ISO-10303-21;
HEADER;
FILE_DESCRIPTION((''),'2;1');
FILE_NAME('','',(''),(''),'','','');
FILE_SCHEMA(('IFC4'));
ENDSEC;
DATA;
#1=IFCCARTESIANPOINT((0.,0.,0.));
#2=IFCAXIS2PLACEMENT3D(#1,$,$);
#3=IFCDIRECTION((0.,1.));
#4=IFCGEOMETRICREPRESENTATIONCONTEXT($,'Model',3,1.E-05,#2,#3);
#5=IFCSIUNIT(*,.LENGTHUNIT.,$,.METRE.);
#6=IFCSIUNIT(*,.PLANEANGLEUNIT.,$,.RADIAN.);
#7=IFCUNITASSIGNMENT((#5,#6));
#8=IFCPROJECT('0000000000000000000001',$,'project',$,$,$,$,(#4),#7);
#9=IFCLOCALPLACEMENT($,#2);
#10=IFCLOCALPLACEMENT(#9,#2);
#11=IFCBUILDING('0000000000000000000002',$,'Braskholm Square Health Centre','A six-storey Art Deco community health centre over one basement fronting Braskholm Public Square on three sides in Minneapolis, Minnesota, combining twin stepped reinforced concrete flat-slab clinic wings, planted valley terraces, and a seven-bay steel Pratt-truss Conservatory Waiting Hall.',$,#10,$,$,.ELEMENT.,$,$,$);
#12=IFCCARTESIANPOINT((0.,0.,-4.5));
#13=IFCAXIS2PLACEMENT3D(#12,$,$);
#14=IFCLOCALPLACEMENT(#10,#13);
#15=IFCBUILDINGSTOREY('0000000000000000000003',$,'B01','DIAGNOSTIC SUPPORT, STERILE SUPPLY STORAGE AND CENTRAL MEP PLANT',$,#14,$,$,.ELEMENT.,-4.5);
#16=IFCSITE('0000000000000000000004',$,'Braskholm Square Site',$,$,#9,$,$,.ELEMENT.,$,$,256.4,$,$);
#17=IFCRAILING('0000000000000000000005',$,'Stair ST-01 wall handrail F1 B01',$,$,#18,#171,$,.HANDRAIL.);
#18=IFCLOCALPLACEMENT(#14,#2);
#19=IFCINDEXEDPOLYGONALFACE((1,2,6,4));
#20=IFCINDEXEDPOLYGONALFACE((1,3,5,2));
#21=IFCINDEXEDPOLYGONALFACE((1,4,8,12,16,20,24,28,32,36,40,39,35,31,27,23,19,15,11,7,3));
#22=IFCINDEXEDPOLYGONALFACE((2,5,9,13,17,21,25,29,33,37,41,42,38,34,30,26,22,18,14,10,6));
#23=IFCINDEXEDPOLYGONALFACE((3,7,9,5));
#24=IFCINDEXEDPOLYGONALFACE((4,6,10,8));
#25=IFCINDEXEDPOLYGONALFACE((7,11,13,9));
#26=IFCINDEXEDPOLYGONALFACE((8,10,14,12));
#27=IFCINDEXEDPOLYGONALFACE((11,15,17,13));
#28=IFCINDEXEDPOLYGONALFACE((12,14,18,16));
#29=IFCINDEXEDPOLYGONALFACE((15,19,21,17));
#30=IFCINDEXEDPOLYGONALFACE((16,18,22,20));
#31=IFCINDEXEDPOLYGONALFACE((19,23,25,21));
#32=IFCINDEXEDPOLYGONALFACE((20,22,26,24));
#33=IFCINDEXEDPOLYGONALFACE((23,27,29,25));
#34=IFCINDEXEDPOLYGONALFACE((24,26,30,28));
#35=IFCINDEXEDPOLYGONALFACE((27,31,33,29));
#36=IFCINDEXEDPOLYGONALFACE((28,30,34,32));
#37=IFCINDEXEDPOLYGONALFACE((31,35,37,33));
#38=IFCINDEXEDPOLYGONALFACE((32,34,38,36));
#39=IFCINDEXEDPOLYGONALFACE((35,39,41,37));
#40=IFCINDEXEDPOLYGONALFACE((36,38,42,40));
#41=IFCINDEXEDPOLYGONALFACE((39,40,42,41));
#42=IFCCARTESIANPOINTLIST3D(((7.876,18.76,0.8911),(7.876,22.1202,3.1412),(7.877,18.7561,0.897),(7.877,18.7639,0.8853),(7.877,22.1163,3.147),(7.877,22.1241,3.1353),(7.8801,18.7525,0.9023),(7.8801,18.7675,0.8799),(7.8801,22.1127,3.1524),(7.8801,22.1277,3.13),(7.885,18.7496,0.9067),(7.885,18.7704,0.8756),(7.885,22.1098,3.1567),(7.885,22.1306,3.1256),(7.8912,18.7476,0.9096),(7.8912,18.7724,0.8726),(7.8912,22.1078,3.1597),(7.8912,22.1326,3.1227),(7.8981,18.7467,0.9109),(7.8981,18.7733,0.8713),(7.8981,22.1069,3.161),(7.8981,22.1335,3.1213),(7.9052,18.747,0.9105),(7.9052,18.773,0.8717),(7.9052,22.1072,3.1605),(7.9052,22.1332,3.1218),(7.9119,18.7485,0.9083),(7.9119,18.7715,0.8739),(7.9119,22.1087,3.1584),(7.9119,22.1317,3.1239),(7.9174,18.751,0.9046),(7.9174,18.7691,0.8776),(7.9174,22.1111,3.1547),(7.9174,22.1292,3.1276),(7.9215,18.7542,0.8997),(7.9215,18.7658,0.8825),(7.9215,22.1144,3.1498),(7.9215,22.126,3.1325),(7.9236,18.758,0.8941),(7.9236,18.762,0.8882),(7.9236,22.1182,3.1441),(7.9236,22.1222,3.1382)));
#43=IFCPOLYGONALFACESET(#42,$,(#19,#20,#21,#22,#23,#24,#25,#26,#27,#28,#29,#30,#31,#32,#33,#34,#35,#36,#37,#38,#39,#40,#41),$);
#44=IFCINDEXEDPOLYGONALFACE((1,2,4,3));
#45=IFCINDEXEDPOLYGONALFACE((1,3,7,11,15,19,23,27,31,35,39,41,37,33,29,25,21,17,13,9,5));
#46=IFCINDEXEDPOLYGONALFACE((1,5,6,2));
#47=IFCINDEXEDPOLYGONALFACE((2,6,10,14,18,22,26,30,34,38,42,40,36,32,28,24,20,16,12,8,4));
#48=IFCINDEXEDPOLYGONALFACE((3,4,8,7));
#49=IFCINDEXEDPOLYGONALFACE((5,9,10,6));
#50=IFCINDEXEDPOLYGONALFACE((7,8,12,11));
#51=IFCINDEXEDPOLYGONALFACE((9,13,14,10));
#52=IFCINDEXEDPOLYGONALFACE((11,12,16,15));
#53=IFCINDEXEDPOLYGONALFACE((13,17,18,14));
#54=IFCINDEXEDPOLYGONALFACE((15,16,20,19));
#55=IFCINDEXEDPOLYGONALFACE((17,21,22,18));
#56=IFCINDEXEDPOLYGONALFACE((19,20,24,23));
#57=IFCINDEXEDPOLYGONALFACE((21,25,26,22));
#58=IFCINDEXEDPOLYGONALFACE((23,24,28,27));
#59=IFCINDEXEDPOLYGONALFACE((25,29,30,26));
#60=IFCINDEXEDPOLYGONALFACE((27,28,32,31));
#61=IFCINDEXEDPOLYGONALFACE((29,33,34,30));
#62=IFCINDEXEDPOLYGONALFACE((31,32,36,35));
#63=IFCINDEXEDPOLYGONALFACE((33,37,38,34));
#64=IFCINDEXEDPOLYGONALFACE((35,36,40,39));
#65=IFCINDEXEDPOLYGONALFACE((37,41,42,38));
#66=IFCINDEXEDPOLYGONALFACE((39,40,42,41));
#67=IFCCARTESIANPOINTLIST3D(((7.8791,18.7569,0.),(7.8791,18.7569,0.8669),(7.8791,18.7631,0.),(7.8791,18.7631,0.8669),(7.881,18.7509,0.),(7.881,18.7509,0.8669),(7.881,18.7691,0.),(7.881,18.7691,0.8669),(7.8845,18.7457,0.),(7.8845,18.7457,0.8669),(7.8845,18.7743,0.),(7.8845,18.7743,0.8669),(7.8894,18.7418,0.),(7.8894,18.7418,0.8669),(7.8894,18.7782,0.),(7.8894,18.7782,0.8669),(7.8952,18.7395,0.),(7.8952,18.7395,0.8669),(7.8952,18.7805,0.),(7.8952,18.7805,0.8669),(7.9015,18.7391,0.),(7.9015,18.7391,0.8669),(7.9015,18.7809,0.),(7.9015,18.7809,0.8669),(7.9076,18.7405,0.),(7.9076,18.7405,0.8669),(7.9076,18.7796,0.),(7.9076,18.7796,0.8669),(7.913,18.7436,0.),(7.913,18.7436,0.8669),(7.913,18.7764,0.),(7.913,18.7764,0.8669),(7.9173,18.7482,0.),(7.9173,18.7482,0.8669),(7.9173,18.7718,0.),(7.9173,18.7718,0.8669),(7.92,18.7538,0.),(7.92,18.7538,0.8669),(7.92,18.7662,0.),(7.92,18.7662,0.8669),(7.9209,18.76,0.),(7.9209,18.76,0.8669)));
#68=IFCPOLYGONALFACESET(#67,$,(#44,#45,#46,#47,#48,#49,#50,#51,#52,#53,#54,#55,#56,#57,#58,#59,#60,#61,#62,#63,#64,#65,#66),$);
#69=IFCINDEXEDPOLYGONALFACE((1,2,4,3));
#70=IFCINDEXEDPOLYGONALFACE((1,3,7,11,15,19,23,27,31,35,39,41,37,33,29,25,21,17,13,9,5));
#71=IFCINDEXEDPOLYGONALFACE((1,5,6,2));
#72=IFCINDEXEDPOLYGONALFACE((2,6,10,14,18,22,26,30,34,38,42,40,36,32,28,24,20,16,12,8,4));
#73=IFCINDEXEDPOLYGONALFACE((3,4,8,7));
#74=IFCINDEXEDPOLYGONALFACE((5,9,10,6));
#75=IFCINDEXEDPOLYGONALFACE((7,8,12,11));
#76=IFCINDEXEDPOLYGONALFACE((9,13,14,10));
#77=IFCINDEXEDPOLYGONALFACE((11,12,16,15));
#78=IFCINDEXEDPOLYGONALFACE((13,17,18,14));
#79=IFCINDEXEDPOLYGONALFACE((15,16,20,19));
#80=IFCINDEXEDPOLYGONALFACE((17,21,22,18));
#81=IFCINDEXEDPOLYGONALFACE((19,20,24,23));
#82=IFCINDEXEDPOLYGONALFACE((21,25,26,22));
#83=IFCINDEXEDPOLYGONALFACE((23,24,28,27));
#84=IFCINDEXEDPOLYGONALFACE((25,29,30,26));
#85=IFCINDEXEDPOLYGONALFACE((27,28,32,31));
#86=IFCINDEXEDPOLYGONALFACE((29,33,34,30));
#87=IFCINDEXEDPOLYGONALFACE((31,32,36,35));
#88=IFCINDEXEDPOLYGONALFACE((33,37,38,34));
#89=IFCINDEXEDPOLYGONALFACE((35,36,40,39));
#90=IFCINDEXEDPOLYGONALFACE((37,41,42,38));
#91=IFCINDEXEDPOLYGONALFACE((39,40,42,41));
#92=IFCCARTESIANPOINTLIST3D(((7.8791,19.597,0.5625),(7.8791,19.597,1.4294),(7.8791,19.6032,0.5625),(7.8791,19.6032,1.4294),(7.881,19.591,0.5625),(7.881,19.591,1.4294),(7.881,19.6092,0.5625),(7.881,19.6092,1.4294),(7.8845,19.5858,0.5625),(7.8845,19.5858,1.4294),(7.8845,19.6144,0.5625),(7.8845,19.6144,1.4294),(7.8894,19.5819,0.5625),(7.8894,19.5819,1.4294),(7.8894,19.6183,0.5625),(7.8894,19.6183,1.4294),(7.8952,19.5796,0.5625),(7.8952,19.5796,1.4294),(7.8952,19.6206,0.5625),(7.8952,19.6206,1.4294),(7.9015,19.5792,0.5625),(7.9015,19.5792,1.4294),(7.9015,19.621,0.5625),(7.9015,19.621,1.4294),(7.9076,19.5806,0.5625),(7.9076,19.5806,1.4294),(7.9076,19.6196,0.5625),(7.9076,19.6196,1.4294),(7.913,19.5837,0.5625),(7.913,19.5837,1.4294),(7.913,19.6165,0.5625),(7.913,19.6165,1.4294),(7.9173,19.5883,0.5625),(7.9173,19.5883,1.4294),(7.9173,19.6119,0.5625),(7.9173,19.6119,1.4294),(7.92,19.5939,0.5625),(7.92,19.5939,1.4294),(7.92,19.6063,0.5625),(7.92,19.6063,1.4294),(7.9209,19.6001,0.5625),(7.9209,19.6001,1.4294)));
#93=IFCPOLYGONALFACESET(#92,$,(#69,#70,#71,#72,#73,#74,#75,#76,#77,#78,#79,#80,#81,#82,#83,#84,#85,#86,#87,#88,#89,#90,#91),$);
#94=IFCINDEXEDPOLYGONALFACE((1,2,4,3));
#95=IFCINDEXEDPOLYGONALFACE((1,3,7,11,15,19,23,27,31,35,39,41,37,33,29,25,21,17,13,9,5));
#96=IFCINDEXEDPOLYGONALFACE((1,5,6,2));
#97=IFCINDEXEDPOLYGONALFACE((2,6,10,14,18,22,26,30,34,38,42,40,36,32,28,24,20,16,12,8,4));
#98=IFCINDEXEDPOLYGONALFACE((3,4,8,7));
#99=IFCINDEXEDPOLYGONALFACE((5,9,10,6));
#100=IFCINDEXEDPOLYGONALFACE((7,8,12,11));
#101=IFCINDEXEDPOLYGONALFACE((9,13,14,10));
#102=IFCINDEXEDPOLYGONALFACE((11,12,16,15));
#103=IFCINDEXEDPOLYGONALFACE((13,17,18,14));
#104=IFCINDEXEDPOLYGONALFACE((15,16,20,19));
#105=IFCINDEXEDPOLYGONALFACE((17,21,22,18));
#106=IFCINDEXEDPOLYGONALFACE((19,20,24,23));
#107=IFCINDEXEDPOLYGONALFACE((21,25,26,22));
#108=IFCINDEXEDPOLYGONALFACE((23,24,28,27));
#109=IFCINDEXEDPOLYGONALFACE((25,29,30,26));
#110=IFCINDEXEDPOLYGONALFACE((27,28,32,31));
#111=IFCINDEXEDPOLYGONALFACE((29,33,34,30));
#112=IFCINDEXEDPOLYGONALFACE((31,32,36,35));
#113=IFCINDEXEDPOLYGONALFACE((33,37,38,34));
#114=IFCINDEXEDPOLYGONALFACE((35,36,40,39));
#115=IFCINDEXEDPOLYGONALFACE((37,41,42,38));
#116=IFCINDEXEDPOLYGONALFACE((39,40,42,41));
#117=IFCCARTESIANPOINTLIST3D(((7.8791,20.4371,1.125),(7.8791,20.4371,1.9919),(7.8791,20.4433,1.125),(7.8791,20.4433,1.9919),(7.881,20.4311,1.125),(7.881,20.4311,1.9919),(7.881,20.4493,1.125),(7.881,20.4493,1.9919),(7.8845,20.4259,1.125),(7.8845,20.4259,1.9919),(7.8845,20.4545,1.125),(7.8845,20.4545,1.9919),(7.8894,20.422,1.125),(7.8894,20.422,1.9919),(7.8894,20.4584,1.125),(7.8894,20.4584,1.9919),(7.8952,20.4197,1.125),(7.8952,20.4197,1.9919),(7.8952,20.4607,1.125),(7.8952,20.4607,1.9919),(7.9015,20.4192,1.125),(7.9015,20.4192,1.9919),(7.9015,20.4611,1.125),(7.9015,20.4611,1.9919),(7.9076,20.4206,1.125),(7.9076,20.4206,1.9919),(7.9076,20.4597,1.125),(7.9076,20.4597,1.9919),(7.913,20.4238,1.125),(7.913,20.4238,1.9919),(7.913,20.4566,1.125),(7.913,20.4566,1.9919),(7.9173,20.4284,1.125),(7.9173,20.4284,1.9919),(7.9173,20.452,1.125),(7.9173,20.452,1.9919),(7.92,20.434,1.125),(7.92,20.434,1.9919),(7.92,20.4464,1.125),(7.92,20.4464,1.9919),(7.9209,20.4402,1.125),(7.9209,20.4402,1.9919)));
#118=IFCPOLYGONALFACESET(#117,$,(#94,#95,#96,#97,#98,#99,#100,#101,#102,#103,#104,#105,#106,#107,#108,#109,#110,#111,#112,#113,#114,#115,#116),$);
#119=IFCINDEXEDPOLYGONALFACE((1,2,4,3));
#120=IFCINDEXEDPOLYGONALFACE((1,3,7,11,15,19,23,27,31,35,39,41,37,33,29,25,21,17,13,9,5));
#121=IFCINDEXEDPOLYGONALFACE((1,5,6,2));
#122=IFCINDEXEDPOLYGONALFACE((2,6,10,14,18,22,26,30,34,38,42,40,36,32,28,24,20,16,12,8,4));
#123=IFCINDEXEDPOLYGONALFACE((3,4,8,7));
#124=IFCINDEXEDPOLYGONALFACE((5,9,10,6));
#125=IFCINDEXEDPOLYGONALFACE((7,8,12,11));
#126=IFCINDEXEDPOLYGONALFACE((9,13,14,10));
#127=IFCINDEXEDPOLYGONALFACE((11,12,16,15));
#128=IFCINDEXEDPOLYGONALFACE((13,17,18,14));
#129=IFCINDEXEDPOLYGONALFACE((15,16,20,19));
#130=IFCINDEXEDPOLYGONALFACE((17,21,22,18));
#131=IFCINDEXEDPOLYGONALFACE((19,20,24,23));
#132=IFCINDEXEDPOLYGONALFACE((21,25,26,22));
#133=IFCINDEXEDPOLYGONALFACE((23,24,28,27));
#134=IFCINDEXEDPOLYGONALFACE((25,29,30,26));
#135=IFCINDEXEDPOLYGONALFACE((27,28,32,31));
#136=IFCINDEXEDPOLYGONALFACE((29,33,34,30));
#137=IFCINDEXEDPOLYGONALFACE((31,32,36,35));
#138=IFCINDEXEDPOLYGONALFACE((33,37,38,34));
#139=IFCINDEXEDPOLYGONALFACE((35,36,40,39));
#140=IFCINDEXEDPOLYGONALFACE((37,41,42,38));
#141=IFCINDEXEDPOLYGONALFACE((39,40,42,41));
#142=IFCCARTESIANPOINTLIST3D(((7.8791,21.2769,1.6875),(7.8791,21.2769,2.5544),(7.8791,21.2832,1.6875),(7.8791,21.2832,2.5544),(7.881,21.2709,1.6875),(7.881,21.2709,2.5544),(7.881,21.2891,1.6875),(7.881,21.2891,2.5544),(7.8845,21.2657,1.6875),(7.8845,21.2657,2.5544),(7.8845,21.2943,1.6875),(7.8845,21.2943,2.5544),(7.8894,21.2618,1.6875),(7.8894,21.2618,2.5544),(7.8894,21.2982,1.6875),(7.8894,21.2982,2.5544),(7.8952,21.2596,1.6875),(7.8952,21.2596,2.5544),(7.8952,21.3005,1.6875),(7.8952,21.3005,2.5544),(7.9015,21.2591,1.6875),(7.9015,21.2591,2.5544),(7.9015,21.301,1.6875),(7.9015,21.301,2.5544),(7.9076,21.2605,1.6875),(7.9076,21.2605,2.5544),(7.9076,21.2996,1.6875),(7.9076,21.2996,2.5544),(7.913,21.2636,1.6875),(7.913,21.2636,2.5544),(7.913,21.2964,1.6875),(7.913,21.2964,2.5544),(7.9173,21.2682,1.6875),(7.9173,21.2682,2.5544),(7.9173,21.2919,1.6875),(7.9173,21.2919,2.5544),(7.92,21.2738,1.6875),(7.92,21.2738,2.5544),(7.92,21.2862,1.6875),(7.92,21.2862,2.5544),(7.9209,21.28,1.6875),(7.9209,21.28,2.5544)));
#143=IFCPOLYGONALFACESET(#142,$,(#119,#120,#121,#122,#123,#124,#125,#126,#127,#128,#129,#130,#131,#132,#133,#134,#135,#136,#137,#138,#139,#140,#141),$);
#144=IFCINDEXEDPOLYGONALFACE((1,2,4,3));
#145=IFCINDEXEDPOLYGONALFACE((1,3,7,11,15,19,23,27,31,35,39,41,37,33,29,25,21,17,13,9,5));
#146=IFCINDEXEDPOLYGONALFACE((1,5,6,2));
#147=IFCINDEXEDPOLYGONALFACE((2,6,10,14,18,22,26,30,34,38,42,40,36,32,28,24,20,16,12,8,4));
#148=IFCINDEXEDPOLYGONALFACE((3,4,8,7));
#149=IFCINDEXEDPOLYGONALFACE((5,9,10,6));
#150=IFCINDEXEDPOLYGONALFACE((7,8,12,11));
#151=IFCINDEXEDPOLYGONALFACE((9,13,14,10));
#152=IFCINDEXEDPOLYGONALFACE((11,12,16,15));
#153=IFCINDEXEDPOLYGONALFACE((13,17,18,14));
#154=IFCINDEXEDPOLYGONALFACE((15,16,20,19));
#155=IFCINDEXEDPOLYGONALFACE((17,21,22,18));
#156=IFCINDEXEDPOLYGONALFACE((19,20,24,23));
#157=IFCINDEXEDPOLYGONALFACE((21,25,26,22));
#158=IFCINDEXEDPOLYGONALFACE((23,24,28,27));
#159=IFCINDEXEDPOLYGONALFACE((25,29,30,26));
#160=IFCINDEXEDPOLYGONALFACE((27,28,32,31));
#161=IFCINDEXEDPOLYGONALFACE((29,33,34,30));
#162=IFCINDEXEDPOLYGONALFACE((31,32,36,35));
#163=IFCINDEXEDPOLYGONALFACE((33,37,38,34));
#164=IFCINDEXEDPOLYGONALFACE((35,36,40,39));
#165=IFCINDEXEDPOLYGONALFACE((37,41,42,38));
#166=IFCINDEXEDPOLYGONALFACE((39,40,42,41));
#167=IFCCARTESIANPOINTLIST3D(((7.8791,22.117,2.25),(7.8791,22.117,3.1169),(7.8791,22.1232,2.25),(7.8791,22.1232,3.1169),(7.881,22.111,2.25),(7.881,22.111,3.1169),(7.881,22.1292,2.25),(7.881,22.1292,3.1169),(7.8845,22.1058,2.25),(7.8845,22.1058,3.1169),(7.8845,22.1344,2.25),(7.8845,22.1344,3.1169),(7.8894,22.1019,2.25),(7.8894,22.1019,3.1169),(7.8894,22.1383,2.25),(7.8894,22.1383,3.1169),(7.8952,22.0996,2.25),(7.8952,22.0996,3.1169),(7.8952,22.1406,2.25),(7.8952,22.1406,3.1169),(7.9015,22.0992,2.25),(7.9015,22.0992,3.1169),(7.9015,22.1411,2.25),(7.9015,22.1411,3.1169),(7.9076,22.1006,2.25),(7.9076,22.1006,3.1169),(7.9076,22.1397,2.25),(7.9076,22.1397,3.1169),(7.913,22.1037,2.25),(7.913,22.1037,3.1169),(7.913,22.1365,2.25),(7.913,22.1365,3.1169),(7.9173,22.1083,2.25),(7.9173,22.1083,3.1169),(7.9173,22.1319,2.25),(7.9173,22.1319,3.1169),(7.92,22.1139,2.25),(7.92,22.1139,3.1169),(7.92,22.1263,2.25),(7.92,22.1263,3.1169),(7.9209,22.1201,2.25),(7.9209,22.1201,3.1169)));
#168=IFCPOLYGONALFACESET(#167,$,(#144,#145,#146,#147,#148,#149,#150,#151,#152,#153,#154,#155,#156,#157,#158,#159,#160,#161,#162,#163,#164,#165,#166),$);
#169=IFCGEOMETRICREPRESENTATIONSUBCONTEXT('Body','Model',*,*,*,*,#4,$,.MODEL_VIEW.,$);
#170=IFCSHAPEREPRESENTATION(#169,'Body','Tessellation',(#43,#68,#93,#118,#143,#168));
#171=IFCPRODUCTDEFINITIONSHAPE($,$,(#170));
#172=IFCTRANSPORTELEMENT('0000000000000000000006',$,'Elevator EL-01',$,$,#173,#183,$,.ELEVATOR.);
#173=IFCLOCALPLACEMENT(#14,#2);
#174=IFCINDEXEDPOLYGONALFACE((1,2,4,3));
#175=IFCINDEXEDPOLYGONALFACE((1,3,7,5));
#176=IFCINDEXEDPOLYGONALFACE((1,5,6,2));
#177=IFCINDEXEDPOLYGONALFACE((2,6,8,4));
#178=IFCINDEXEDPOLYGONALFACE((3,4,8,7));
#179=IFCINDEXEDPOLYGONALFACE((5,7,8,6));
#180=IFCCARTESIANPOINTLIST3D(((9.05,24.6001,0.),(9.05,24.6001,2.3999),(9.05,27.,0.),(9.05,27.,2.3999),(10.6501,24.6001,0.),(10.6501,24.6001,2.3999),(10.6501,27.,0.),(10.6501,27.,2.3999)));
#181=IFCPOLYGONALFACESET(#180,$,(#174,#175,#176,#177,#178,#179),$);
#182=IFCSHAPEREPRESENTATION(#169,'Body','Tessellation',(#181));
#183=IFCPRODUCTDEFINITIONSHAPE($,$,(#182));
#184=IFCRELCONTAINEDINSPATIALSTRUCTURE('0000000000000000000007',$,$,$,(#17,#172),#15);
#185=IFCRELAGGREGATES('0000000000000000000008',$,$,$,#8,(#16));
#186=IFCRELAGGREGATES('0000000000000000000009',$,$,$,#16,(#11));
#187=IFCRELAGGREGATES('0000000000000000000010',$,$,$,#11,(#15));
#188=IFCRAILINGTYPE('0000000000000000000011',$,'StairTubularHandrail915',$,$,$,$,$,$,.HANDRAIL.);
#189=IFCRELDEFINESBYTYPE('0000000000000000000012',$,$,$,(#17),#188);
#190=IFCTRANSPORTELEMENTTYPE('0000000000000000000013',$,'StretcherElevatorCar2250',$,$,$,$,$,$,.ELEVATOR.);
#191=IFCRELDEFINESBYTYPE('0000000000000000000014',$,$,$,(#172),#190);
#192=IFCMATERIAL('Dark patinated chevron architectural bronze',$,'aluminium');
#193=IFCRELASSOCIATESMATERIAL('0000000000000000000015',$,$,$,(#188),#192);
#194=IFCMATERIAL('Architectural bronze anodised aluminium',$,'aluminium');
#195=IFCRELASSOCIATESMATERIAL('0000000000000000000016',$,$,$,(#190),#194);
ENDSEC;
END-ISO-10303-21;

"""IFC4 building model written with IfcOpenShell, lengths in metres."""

from ifc_helpers import new_model, si_unit, direction, frame, origin, origin_2d, place, context, subcontext, project, spatial, rectangle, circle, extrude, material, type_object, element, save


model = new_model("IFC4")

# Units and contexts
model_context = context("Model", 3, precision=1e-05, world=origin(), true_north=direction((0.0, 1.0)))
body_context = subcontext(model_context, "Body", "Model", "MODEL_VIEW")
ifc_project = project(units=[si_unit("LENGTHUNIT", "METRE"), si_unit("PLANEANGLEUNIT", "RADIAN")], contexts=[model_context])

# Site, building, storey
site_placement = place(None, origin())
site = spatial("IfcSite", under=ifc_project, at=site_placement, Name="Braskholm Square Site", CompositionType="ELEMENT", RefElevation=256.4)
building_placement = place(site_placement, origin())
building = spatial("IfcBuilding", under=site, at=building_placement, Name="Braskholm Square Health Centre", Description="A six-storey Art Deco community health centre over one basement fronting Braskholm Public Square on three sides in Minneapolis, Minnesota, combining twin stepped reinforced concrete flat-slab clinic wings, planted valley terraces, and a seven-bay steel Pratt-truss Conservatory Waiting Hall.", CompositionType="ELEMENT")
storey_placement = place(building_placement, frame((0.0, 0.0, -4.5)))
storey = spatial("IfcBuildingStorey", under=building, at=storey_placement, Name="B01", Description="DIAGNOSTIC SUPPORT, STERILE SUPPLY STORAGE AND CENTRAL MEP PLANT", CompositionType="ELEMENT", Elevation=-4.5)

# Shared definitions
ifc_material_1 = material(Name="Architectural bronze anodised aluminium", Category="aluminium")

# Railing
ifc_material_2 = material(Name="Dark patinated chevron architectural bronze", Category="aluminium")
railing_type_1 = type_object("IfcRailingType", Name="StairTubularHandrail915", PredefinedType="HANDRAIL", material=ifc_material_2)
railing_1_placement = place(storey_placement, frame((7.8999, 18.76, 0.0)))
element("IfcRailing", 1, at=railing_1_placement, inside=storey, type_object=railing_type_1, Name="Stair ST-01 wall handrail F1 B01", PredefinedType="HANDRAIL", context=body_context, shape_type="SweptSolid", body=[
    extrude(circle(Radius=0.0239, at=origin_2d()), frame((0.0, 0.0, 0.8911), z_axis=(0.0, 0.830915, 0.556399), x_axis=(-1.0, 0.0, 0.0)), (0.0, 0.0, 1.0), 4.0439),
    extrude(circle(Radius=0.021, at=origin_2d()), origin(), (0.0, 0.0, 1.0), 0.8669),
    extrude(circle(Radius=0.021, at=origin_2d()), frame((0.0, 0.8401, 0.5625)), (0.0, 0.0, 1.0), 0.8669),
    extrude(circle(Radius=0.021, at=origin_2d()), frame((0.0, 1.6802, 1.125)), (0.0, 0.0, 1.0), 0.8669),
    extrude(circle(Radius=0.021, at=origin_2d()), frame((0.0, 2.52, 1.6875)), (0.0, 0.0, 1.0), 0.8669),
    extrude(circle(Radius=0.021, at=origin_2d()), frame((0.0, 3.3601, 2.25)), (0.0, 0.0, 1.0), 0.8669),
])

# Transport element
transport_element_type = type_object("IfcTransportElementType", Name="StretcherElevatorCar2250", PredefinedType="ELEVATOR", material=ifc_material_1)
transport_element_placement = place(storey_placement, frame((9.8501, 25.8, 0.0), z_axis=(0.0, 0.0, 1.0), x_axis=(1.0, 0.0, 0.0)))
element("IfcTransportElement", 2, at=transport_element_placement, inside=storey, type_object=transport_element_type, Name="Elevator EL-01", PredefinedType="ELEVATOR", context=body_context, shape_type="SweptSolid", body=[
    extrude(rectangle(XDim=1.6001, YDim=2.3999, at=origin_2d()), origin(), (0.0, 0.0, 1.0), 2.3999),
])

save(model, "model.ifc")
